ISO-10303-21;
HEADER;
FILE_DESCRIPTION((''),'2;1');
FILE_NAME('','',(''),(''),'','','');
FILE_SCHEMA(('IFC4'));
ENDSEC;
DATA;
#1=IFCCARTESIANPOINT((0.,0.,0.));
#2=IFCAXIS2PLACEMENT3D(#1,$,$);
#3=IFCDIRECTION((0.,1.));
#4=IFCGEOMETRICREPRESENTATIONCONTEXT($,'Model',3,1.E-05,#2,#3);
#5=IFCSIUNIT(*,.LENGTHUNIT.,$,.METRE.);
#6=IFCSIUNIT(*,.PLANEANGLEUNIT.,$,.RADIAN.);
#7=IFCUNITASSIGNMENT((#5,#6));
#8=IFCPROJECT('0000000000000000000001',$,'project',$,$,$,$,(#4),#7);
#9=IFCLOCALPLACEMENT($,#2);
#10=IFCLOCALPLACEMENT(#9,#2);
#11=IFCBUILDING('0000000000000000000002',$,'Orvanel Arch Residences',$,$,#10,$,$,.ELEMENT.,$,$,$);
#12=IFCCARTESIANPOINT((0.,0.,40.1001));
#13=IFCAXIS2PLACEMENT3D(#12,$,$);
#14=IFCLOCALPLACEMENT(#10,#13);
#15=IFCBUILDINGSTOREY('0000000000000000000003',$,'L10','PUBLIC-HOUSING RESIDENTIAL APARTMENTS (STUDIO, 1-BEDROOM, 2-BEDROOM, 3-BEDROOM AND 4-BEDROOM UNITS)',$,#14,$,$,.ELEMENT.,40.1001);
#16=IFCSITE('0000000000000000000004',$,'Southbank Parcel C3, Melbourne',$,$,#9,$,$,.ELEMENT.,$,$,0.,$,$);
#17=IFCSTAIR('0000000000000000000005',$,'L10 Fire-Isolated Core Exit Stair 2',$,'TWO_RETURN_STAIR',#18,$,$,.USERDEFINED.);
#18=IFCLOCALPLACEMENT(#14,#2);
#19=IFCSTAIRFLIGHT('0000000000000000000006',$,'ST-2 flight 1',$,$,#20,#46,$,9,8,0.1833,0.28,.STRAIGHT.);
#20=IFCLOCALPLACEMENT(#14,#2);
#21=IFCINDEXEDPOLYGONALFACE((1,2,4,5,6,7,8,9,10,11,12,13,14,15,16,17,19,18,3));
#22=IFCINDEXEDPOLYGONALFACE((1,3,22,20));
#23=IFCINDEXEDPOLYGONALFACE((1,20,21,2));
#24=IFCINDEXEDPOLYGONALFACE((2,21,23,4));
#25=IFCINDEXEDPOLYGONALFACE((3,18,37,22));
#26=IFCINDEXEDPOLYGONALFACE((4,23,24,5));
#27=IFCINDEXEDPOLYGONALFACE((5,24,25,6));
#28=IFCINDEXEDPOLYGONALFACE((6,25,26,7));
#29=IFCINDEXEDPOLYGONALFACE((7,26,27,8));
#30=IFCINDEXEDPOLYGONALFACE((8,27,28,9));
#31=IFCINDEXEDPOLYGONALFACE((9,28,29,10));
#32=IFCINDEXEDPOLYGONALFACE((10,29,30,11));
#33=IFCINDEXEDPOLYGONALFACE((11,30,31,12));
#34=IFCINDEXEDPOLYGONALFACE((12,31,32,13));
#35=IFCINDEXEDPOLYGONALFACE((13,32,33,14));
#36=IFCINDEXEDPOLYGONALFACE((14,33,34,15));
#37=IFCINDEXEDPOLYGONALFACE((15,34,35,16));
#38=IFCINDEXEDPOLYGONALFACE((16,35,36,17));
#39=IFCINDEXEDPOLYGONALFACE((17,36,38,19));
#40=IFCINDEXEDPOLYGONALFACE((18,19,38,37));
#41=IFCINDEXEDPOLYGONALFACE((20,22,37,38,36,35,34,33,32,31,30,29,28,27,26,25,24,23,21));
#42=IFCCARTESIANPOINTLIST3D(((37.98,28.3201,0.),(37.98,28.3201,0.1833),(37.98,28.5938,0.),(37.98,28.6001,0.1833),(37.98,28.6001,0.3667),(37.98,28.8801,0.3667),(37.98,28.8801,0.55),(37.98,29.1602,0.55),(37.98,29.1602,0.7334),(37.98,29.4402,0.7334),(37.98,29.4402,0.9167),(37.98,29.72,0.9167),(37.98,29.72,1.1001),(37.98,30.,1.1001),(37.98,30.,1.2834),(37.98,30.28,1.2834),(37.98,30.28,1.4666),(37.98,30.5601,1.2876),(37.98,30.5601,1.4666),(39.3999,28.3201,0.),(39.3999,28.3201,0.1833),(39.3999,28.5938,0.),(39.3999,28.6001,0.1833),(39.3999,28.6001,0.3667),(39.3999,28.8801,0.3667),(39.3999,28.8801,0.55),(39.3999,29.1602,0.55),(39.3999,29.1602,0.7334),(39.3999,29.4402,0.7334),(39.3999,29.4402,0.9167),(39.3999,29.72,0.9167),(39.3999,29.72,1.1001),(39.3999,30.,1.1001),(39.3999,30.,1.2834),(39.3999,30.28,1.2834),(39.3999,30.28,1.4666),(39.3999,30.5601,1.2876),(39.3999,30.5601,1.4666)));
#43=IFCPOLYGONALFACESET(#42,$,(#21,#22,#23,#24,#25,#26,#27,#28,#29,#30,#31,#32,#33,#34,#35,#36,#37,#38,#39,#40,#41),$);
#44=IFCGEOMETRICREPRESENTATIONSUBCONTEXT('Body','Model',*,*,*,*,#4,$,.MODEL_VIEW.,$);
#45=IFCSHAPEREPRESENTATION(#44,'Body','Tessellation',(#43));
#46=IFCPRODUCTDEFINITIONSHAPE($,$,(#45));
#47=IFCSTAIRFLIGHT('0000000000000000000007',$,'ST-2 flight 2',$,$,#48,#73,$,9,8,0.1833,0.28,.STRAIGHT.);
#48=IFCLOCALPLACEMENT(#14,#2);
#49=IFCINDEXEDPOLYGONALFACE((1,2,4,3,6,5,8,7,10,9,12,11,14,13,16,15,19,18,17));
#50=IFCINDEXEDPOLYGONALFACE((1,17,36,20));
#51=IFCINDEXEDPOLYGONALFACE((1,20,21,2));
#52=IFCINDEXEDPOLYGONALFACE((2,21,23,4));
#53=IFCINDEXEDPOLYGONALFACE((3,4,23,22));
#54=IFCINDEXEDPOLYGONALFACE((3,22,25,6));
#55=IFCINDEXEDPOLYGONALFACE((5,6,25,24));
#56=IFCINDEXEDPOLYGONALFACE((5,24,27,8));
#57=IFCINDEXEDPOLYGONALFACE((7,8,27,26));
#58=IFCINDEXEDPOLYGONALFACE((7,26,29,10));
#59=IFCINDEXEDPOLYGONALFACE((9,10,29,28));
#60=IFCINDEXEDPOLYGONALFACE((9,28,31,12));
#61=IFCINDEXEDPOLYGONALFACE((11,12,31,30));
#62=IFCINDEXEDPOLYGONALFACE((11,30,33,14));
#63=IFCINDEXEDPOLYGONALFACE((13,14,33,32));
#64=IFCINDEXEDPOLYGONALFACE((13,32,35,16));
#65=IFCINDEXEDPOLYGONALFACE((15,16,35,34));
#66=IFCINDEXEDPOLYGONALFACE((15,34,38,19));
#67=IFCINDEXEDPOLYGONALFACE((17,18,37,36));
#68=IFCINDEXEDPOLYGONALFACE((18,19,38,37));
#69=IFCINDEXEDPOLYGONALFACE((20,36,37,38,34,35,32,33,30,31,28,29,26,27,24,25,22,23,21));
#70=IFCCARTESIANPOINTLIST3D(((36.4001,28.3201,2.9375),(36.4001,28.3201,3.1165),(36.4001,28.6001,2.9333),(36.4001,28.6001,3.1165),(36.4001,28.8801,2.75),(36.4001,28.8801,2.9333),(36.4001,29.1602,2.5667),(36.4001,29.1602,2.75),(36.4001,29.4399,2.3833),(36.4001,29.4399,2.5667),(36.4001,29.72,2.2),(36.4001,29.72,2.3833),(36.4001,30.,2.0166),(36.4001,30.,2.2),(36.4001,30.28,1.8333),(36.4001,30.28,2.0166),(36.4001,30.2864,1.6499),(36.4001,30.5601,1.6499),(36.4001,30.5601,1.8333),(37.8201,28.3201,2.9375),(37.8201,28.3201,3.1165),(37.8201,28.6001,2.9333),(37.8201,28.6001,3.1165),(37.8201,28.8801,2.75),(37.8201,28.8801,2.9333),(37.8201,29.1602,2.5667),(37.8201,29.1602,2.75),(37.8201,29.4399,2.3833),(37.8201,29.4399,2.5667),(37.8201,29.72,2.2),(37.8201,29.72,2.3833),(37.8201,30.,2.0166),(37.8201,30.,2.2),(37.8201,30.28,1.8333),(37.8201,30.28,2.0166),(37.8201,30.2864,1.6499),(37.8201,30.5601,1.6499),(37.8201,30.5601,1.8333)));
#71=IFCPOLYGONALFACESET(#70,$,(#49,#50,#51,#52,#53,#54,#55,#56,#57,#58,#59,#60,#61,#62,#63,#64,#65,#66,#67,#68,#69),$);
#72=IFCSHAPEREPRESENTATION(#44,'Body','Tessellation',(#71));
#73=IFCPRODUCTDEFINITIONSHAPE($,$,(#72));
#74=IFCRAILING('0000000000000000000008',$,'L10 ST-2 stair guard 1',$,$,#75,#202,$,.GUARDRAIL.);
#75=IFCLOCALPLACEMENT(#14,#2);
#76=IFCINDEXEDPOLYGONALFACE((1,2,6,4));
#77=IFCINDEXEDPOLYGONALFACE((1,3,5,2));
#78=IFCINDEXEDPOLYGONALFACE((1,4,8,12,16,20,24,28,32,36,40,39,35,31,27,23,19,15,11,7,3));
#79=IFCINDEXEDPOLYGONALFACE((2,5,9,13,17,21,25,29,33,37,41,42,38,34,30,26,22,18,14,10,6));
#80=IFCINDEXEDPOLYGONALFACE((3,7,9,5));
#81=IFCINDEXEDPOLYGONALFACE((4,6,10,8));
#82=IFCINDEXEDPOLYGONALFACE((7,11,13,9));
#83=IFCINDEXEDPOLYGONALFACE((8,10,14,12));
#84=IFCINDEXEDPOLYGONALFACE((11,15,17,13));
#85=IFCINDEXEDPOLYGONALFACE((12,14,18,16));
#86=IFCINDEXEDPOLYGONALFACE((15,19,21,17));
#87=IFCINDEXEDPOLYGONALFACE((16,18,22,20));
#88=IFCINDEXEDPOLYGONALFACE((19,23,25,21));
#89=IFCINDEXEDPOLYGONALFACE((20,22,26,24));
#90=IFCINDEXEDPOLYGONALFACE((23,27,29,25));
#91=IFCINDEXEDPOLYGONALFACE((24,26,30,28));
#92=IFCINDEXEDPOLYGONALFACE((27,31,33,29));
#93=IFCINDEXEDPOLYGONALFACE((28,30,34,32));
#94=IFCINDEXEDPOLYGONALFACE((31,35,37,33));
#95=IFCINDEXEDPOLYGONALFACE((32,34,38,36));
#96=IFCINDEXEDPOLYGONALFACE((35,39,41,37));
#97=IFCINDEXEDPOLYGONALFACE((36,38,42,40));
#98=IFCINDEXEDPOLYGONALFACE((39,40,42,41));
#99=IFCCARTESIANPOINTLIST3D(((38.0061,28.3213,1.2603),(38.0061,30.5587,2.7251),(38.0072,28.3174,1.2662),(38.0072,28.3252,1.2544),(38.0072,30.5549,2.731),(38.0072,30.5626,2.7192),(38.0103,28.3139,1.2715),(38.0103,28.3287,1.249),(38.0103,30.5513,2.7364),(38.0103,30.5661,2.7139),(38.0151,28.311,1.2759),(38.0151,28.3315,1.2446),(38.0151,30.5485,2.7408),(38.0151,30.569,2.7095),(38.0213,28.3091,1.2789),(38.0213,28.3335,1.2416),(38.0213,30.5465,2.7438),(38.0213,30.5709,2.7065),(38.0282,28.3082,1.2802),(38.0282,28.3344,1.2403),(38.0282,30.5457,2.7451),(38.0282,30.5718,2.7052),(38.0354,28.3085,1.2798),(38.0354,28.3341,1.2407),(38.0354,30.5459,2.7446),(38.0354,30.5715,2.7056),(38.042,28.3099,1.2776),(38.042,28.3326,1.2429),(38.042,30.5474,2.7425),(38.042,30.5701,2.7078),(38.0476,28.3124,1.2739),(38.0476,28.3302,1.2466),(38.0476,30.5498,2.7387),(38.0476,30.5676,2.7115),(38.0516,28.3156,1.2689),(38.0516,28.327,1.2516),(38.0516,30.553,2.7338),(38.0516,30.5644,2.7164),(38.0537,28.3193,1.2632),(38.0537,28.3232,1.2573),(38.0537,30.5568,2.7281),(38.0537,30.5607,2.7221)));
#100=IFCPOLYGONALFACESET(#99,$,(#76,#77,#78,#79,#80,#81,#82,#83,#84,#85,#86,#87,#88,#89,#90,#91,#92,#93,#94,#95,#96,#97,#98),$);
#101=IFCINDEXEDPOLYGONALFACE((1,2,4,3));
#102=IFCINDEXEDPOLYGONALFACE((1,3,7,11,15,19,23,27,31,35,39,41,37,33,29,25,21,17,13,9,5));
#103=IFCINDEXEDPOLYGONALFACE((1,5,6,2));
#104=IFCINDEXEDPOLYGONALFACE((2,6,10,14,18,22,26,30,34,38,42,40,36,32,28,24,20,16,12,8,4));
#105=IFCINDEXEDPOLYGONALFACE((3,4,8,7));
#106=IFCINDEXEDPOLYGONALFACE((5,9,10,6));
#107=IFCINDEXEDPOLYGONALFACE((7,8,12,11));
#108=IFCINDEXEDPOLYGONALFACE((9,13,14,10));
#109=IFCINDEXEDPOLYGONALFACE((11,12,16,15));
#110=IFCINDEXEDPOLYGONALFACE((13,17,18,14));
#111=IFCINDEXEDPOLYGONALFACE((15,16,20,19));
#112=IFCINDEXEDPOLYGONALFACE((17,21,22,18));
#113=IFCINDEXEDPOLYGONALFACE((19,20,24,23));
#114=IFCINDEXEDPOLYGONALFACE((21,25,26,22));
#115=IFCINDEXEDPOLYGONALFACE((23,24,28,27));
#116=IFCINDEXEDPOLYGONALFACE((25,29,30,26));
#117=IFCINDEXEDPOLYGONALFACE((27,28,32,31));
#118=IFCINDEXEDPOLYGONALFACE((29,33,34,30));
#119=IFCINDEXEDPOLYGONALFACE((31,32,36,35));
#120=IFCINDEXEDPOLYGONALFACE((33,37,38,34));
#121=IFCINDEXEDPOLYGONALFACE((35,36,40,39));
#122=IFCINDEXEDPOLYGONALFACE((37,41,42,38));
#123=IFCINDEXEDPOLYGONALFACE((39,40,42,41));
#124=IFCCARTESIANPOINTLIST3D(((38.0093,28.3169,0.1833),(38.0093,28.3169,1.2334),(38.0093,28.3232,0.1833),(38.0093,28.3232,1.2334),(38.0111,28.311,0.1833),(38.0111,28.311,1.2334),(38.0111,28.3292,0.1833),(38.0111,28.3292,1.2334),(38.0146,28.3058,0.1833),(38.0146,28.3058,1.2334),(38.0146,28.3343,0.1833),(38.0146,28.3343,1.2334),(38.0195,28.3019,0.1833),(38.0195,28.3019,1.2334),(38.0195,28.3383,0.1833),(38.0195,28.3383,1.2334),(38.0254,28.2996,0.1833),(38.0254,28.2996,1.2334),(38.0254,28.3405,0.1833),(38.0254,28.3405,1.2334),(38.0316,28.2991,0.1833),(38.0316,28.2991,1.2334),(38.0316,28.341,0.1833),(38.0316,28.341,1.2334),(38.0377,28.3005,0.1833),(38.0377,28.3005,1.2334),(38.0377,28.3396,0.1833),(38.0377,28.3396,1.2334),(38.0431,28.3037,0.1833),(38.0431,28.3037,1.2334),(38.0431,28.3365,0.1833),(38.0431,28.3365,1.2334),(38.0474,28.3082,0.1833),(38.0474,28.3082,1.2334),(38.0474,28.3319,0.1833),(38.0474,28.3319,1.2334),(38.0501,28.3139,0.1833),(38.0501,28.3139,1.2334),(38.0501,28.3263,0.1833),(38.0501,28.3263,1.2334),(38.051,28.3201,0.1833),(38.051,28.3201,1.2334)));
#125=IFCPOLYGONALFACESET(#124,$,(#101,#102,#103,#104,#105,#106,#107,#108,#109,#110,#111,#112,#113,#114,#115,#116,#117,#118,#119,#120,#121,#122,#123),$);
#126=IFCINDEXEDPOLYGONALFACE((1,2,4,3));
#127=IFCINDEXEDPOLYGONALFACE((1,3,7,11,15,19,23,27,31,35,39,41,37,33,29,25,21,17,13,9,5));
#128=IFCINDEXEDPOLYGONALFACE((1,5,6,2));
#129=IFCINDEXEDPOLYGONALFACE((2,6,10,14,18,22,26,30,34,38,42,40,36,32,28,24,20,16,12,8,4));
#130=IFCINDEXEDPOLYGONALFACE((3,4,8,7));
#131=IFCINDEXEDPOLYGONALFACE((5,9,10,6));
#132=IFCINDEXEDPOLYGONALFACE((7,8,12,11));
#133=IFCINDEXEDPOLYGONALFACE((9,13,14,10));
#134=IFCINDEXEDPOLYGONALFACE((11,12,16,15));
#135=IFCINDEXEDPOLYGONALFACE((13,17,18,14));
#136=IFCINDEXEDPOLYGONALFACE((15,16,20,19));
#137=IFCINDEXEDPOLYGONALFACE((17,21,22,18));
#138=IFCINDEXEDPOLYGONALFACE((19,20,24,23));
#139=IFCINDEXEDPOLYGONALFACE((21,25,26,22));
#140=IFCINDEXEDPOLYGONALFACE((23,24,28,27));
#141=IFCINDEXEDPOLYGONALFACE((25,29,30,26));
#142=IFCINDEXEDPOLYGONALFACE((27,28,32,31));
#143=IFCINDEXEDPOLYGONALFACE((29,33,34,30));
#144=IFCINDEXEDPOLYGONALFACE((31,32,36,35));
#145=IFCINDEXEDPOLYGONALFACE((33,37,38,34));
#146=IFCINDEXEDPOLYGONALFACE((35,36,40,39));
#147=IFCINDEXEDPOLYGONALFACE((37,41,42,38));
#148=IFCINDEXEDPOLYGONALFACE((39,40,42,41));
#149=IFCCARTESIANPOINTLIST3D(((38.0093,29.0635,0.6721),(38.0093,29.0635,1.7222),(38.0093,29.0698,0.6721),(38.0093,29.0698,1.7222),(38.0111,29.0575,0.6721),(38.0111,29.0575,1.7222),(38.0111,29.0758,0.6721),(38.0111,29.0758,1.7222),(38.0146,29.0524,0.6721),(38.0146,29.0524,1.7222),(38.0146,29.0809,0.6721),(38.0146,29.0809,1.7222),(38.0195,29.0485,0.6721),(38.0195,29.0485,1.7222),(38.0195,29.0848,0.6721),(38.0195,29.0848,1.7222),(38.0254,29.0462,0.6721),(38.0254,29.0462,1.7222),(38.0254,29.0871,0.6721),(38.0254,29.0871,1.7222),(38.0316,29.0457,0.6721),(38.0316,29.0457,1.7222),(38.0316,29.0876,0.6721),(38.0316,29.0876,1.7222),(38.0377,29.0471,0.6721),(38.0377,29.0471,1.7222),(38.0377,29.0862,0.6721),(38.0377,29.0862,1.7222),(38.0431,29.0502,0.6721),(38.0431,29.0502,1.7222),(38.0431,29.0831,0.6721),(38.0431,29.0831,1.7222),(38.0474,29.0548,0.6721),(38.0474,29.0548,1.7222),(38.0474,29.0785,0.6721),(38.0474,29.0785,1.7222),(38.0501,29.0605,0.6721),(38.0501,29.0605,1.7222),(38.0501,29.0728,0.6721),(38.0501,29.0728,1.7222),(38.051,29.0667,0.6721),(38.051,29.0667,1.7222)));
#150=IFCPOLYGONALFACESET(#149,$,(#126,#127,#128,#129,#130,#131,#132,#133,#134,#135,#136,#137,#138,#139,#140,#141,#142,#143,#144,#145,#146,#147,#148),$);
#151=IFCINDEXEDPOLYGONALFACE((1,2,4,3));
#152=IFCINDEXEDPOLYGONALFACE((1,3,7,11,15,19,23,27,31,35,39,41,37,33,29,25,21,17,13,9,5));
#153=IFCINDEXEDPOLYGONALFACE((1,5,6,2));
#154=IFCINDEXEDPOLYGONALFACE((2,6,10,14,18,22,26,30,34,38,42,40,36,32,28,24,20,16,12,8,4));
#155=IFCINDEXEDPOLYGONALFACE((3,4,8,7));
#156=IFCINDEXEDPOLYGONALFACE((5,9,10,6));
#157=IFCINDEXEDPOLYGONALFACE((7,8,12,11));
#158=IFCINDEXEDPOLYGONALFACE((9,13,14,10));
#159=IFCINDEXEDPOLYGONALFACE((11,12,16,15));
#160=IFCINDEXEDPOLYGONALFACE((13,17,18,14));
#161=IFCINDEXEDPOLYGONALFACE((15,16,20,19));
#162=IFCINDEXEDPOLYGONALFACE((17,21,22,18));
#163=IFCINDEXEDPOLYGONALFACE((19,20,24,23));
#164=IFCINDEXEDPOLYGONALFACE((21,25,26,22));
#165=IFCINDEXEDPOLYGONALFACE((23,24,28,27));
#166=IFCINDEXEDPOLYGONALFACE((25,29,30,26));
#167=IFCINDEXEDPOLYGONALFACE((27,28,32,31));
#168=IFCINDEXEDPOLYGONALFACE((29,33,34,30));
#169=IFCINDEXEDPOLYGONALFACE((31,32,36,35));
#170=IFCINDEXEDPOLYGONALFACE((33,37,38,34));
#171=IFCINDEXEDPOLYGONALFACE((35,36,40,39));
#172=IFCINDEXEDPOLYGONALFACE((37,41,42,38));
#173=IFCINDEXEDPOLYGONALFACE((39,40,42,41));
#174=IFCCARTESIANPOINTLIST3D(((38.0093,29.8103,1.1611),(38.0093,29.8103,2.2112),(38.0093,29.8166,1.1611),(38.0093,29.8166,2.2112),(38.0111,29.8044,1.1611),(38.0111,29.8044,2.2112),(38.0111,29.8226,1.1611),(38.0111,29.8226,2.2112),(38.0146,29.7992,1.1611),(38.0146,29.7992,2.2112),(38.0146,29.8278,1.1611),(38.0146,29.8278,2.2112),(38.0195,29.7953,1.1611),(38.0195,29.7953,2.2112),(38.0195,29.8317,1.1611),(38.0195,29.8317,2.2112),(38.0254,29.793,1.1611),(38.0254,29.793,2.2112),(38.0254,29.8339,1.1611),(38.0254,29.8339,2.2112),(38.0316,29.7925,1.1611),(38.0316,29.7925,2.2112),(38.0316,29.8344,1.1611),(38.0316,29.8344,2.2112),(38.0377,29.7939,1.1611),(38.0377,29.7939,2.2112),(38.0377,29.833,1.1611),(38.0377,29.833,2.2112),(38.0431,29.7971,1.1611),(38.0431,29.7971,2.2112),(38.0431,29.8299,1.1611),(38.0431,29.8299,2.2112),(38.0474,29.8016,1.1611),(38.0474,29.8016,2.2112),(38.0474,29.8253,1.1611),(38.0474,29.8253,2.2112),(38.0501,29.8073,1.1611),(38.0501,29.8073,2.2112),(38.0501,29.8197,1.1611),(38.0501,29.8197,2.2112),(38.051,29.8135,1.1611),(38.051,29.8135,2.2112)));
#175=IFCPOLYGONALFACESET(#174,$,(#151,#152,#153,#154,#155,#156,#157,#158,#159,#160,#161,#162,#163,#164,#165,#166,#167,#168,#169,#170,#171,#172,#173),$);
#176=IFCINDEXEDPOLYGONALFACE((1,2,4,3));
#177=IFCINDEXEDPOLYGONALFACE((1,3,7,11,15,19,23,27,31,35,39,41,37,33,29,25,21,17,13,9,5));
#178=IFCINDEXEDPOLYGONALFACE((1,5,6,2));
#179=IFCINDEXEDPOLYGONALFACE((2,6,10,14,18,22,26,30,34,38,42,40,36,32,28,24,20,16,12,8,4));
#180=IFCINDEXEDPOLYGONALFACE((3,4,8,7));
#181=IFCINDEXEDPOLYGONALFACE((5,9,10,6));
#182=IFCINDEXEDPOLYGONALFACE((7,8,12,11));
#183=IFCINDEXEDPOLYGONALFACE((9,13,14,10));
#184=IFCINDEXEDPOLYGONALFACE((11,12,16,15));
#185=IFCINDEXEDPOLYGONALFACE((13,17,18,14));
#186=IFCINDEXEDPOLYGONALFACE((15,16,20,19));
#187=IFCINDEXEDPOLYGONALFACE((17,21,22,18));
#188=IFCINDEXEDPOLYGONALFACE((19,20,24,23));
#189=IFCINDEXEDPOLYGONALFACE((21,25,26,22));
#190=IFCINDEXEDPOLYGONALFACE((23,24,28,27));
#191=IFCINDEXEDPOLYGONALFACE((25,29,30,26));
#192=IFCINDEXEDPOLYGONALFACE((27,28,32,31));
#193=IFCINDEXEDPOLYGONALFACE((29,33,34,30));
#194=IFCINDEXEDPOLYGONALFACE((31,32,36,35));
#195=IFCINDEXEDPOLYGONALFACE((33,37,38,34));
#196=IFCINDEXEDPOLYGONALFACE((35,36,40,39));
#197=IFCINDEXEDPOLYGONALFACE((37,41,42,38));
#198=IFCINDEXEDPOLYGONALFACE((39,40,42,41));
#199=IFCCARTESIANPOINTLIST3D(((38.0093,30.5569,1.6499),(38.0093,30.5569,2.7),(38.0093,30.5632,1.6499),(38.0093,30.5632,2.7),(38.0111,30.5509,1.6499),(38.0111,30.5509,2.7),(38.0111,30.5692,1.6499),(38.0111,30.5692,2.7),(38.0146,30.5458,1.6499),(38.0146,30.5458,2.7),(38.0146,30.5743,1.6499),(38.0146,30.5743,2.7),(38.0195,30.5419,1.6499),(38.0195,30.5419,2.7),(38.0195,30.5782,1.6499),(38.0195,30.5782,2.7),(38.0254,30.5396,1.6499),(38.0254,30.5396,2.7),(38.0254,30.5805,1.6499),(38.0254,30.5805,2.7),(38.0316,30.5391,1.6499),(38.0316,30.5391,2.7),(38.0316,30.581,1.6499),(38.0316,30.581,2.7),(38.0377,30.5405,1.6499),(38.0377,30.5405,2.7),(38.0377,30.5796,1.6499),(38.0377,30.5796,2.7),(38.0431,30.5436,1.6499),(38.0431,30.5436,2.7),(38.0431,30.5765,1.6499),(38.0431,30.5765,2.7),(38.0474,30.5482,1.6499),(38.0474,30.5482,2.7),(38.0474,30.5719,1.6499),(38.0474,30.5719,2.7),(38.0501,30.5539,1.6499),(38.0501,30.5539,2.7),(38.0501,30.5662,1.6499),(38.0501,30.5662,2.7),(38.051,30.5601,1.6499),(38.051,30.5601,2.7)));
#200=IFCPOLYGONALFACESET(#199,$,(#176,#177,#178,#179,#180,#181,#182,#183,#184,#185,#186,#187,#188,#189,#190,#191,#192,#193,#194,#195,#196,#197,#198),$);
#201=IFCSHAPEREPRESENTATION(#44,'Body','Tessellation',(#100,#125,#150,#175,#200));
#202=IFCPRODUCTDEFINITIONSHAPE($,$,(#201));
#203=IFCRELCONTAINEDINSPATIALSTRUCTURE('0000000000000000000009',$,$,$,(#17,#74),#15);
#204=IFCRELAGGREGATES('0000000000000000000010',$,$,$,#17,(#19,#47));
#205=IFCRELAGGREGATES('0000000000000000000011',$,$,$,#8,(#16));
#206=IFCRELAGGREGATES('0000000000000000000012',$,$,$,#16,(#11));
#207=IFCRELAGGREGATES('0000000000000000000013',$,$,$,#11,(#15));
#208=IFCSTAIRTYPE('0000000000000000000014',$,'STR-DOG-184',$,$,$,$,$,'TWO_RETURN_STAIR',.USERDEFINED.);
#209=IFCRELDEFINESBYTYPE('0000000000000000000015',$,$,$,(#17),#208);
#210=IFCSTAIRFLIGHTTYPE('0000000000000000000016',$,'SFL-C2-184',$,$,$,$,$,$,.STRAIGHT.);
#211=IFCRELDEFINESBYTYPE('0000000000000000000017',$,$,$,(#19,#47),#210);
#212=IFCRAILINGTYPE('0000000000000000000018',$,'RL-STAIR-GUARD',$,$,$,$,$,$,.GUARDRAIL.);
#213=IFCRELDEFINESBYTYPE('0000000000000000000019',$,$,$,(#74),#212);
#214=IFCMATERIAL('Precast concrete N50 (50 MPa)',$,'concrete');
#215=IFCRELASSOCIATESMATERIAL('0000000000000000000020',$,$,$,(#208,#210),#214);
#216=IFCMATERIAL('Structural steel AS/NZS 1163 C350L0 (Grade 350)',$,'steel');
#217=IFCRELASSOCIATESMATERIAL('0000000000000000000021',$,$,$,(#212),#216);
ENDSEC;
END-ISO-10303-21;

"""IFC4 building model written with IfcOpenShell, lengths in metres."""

from ifc_helpers import new_model, si_unit, direction, frame, origin, origin_2d, place, context, subcontext, project, spatial, polyline, circle, outline, extrude, material, type_object, element, aggregate, save


model = new_model("IFC4")

# Units and contexts
model_context = context("Model", 3, precision=1e-05, world=origin(), true_north=direction((0.0, 1.0)))
body_context = subcontext(model_context, "Body", "Model", "MODEL_VIEW")
ifc_project = project(units=[si_unit("LENGTHUNIT", "METRE"), si_unit("PLANEANGLEUNIT", "RADIAN")], contexts=[model_context])

# Site, building, storey
site_placement = place(None, origin())
site = spatial("IfcSite", under=ifc_project, at=site_placement, Name="Southbank Parcel C3, Melbourne", CompositionType="ELEMENT", RefElevation=0.0)
building_placement = place(site_placement, origin())
building = spatial("IfcBuilding", under=site, at=building_placement, Name="Orvanel Arch Residences", CompositionType="ELEMENT")
storey_placement = place(building_placement, frame((0.0, 0.0, 40.1001)))
storey = spatial("IfcBuildingStorey", under=building, at=storey_placement, Name="L10", Description="PUBLIC-HOUSING RESIDENTIAL APARTMENTS (STUDIO, 1-BEDROOM, 2-BEDROOM, 3-BEDROOM AND 4-BEDROOM UNITS)", CompositionType="ELEMENT", Elevation=40.1001)

# Stair, stair flights
ifc_material_1 = material(Name="Precast concrete N50 (50 MPa)", Category="concrete")
stair_type = type_object("IfcStairType", Name="STR-DOG-184", ElementType="TWO_RETURN_STAIR", PredefinedType="USERDEFINED", material=ifc_material_1)
stair_placement = place(storey_placement, origin())
stair = element("IfcStair", 1, at=stair_placement, inside=storey, type_object=stair_type, Name="L10 Fire-Isolated Core Exit Stair 2", ObjectType="TWO_RETURN_STAIR", PredefinedType="USERDEFINED")
stair_flight_type = type_object("IfcStairFlightType", Name="SFL-C2-184", PredefinedType="STRAIGHT", material=ifc_material_1)
stair_flight_1_placement = place(storey_placement, frame((38.6899, 28.3201, 0.0), z_axis=(0.0, 0.0, 1.0), x_axis=(0.0, 1.0, 0.0)))
stair_flight_1 = element("IfcStairFlight", 2, at=stair_flight_1_placement, type_object=stair_flight_type, Name="ST-2 flight 1", NumberOfRisers=9, NumberOfTreads=8, PredefinedType="STRAIGHT", RiserHeight=0.1833, TreadLength=0.28, context=body_context, shape_type="SweptSolid", body=[
    extrude(outline(polyline([(0.0, 0.0), (0.0, 0.1833), (0.28, 0.1833), (0.28, 0.3667), (0.5601, 0.3667), (0.5601, 0.55), (0.8401, 0.55), (0.8401, 0.7334), (1.1201, 0.7334), (1.1201, 0.9167), (1.3999, 0.9167), (1.3999, 1.1001), (1.6799, 1.1001), (1.6799, 1.2834), (1.96, 1.2834), (1.96, 1.4666), (2.24, 1.4666), (2.24, 1.6499), (2.24, 1.2876), (0.2737, 0.0), (0.0, 0.0)])), frame((0.0, 0.71, 0.0), z_axis=(0.0, -1.0, 0.0), x_axis=(1.0, 0.0, 0.0)), (0.0, 0.0, 1.0), 1.4199),
])
stair_flight_2_placement = place(storey_placement, frame((37.1101, 30.5601, 1.6499), z_axis=(0.0, 0.0, 1.0), x_axis=(0.0, -1.0, 0.0)))
stair_flight_2 = element("IfcStairFlight", 3, at=stair_flight_2_placement, type_object=stair_flight_type, Name="ST-2 flight 2", NumberOfRisers=9, NumberOfTreads=8, PredefinedType="STRAIGHT", RiserHeight=0.1833, TreadLength=0.28, context=body_context, shape_type="SweptSolid", body=[
    extrude(outline(polyline([(0.0, 0.0), (0.0, 0.1833), (0.28, 0.1833), (0.28, 0.3667), (0.5601, 0.3667), (0.5601, 0.55), (0.8401, 0.55), (0.8401, 0.7334), (1.1201, 0.7334), (1.1201, 0.9167), (1.3999, 0.9167), (1.3999, 1.1001), (1.6799, 1.1001), (1.6799, 1.2834), (1.96, 1.2834), (1.96, 1.4666), (2.24, 1.4666), (2.24, 1.6499), (2.24, 1.2876), (0.2737, 0.0), (0.0, 0.0)])), frame((0.0, 0.71, 0.0), z_axis=(0.0, -1.0, 0.0), x_axis=(1.0, 0.0, 0.0)), (0.0, 0.0, 1.0), 1.4199),
])
aggregate(stair, [stair_flight_1, stair_flight_2])

# Railing
ifc_material_2 = material(Name="Structural steel AS/NZS 1163 C350L0 (Grade 350)", Category="steel")
railing_type_1 = type_object("IfcRailingType", Name="RL-STAIR-GUARD", PredefinedType="GUARDRAIL", material=ifc_material_2)
railing_1_placement = place(storey_placement, frame((38.03, 28.3201, 0.1833)))
element("IfcRailing", 4, at=railing_1_placement, inside=storey, type_object=railing_type_1, Name="L10 ST-2 stair guard 1", PredefinedType="GUARDRAIL", context=body_context, shape_type="SweptSolid", body=[
    extrude(circle(Radius=0.0239, at=origin_2d()), frame((0.0, 0.0012, 1.0769), z_axis=(0.0, 0.836637, 0.547758), x_axis=(-1.0, 0.0, 0.0)), (0.0, 0.0, 1.0), 2.6743),
    extrude(circle(Radius=0.021, at=origin_2d()), origin(), (0.0, 0.0, 1.0), 1.05),
    extrude(circle(Radius=0.021, at=origin_2d()), frame((0.0, 0.7466, 0.4888)), (0.0, 0.0, 1.0), 1.05),
    extrude(circle(Radius=0.021, at=origin_2d()), frame((0.0, 1.4934, 0.9778)), (0.0, 0.0, 1.0), 1.05),
    extrude(circle(Radius=0.021, at=origin_2d()), frame((0.0, 2.24, 1.4666)), (0.0, 0.0, 1.0), 1.05),
])

save(model, "model.ifc")
